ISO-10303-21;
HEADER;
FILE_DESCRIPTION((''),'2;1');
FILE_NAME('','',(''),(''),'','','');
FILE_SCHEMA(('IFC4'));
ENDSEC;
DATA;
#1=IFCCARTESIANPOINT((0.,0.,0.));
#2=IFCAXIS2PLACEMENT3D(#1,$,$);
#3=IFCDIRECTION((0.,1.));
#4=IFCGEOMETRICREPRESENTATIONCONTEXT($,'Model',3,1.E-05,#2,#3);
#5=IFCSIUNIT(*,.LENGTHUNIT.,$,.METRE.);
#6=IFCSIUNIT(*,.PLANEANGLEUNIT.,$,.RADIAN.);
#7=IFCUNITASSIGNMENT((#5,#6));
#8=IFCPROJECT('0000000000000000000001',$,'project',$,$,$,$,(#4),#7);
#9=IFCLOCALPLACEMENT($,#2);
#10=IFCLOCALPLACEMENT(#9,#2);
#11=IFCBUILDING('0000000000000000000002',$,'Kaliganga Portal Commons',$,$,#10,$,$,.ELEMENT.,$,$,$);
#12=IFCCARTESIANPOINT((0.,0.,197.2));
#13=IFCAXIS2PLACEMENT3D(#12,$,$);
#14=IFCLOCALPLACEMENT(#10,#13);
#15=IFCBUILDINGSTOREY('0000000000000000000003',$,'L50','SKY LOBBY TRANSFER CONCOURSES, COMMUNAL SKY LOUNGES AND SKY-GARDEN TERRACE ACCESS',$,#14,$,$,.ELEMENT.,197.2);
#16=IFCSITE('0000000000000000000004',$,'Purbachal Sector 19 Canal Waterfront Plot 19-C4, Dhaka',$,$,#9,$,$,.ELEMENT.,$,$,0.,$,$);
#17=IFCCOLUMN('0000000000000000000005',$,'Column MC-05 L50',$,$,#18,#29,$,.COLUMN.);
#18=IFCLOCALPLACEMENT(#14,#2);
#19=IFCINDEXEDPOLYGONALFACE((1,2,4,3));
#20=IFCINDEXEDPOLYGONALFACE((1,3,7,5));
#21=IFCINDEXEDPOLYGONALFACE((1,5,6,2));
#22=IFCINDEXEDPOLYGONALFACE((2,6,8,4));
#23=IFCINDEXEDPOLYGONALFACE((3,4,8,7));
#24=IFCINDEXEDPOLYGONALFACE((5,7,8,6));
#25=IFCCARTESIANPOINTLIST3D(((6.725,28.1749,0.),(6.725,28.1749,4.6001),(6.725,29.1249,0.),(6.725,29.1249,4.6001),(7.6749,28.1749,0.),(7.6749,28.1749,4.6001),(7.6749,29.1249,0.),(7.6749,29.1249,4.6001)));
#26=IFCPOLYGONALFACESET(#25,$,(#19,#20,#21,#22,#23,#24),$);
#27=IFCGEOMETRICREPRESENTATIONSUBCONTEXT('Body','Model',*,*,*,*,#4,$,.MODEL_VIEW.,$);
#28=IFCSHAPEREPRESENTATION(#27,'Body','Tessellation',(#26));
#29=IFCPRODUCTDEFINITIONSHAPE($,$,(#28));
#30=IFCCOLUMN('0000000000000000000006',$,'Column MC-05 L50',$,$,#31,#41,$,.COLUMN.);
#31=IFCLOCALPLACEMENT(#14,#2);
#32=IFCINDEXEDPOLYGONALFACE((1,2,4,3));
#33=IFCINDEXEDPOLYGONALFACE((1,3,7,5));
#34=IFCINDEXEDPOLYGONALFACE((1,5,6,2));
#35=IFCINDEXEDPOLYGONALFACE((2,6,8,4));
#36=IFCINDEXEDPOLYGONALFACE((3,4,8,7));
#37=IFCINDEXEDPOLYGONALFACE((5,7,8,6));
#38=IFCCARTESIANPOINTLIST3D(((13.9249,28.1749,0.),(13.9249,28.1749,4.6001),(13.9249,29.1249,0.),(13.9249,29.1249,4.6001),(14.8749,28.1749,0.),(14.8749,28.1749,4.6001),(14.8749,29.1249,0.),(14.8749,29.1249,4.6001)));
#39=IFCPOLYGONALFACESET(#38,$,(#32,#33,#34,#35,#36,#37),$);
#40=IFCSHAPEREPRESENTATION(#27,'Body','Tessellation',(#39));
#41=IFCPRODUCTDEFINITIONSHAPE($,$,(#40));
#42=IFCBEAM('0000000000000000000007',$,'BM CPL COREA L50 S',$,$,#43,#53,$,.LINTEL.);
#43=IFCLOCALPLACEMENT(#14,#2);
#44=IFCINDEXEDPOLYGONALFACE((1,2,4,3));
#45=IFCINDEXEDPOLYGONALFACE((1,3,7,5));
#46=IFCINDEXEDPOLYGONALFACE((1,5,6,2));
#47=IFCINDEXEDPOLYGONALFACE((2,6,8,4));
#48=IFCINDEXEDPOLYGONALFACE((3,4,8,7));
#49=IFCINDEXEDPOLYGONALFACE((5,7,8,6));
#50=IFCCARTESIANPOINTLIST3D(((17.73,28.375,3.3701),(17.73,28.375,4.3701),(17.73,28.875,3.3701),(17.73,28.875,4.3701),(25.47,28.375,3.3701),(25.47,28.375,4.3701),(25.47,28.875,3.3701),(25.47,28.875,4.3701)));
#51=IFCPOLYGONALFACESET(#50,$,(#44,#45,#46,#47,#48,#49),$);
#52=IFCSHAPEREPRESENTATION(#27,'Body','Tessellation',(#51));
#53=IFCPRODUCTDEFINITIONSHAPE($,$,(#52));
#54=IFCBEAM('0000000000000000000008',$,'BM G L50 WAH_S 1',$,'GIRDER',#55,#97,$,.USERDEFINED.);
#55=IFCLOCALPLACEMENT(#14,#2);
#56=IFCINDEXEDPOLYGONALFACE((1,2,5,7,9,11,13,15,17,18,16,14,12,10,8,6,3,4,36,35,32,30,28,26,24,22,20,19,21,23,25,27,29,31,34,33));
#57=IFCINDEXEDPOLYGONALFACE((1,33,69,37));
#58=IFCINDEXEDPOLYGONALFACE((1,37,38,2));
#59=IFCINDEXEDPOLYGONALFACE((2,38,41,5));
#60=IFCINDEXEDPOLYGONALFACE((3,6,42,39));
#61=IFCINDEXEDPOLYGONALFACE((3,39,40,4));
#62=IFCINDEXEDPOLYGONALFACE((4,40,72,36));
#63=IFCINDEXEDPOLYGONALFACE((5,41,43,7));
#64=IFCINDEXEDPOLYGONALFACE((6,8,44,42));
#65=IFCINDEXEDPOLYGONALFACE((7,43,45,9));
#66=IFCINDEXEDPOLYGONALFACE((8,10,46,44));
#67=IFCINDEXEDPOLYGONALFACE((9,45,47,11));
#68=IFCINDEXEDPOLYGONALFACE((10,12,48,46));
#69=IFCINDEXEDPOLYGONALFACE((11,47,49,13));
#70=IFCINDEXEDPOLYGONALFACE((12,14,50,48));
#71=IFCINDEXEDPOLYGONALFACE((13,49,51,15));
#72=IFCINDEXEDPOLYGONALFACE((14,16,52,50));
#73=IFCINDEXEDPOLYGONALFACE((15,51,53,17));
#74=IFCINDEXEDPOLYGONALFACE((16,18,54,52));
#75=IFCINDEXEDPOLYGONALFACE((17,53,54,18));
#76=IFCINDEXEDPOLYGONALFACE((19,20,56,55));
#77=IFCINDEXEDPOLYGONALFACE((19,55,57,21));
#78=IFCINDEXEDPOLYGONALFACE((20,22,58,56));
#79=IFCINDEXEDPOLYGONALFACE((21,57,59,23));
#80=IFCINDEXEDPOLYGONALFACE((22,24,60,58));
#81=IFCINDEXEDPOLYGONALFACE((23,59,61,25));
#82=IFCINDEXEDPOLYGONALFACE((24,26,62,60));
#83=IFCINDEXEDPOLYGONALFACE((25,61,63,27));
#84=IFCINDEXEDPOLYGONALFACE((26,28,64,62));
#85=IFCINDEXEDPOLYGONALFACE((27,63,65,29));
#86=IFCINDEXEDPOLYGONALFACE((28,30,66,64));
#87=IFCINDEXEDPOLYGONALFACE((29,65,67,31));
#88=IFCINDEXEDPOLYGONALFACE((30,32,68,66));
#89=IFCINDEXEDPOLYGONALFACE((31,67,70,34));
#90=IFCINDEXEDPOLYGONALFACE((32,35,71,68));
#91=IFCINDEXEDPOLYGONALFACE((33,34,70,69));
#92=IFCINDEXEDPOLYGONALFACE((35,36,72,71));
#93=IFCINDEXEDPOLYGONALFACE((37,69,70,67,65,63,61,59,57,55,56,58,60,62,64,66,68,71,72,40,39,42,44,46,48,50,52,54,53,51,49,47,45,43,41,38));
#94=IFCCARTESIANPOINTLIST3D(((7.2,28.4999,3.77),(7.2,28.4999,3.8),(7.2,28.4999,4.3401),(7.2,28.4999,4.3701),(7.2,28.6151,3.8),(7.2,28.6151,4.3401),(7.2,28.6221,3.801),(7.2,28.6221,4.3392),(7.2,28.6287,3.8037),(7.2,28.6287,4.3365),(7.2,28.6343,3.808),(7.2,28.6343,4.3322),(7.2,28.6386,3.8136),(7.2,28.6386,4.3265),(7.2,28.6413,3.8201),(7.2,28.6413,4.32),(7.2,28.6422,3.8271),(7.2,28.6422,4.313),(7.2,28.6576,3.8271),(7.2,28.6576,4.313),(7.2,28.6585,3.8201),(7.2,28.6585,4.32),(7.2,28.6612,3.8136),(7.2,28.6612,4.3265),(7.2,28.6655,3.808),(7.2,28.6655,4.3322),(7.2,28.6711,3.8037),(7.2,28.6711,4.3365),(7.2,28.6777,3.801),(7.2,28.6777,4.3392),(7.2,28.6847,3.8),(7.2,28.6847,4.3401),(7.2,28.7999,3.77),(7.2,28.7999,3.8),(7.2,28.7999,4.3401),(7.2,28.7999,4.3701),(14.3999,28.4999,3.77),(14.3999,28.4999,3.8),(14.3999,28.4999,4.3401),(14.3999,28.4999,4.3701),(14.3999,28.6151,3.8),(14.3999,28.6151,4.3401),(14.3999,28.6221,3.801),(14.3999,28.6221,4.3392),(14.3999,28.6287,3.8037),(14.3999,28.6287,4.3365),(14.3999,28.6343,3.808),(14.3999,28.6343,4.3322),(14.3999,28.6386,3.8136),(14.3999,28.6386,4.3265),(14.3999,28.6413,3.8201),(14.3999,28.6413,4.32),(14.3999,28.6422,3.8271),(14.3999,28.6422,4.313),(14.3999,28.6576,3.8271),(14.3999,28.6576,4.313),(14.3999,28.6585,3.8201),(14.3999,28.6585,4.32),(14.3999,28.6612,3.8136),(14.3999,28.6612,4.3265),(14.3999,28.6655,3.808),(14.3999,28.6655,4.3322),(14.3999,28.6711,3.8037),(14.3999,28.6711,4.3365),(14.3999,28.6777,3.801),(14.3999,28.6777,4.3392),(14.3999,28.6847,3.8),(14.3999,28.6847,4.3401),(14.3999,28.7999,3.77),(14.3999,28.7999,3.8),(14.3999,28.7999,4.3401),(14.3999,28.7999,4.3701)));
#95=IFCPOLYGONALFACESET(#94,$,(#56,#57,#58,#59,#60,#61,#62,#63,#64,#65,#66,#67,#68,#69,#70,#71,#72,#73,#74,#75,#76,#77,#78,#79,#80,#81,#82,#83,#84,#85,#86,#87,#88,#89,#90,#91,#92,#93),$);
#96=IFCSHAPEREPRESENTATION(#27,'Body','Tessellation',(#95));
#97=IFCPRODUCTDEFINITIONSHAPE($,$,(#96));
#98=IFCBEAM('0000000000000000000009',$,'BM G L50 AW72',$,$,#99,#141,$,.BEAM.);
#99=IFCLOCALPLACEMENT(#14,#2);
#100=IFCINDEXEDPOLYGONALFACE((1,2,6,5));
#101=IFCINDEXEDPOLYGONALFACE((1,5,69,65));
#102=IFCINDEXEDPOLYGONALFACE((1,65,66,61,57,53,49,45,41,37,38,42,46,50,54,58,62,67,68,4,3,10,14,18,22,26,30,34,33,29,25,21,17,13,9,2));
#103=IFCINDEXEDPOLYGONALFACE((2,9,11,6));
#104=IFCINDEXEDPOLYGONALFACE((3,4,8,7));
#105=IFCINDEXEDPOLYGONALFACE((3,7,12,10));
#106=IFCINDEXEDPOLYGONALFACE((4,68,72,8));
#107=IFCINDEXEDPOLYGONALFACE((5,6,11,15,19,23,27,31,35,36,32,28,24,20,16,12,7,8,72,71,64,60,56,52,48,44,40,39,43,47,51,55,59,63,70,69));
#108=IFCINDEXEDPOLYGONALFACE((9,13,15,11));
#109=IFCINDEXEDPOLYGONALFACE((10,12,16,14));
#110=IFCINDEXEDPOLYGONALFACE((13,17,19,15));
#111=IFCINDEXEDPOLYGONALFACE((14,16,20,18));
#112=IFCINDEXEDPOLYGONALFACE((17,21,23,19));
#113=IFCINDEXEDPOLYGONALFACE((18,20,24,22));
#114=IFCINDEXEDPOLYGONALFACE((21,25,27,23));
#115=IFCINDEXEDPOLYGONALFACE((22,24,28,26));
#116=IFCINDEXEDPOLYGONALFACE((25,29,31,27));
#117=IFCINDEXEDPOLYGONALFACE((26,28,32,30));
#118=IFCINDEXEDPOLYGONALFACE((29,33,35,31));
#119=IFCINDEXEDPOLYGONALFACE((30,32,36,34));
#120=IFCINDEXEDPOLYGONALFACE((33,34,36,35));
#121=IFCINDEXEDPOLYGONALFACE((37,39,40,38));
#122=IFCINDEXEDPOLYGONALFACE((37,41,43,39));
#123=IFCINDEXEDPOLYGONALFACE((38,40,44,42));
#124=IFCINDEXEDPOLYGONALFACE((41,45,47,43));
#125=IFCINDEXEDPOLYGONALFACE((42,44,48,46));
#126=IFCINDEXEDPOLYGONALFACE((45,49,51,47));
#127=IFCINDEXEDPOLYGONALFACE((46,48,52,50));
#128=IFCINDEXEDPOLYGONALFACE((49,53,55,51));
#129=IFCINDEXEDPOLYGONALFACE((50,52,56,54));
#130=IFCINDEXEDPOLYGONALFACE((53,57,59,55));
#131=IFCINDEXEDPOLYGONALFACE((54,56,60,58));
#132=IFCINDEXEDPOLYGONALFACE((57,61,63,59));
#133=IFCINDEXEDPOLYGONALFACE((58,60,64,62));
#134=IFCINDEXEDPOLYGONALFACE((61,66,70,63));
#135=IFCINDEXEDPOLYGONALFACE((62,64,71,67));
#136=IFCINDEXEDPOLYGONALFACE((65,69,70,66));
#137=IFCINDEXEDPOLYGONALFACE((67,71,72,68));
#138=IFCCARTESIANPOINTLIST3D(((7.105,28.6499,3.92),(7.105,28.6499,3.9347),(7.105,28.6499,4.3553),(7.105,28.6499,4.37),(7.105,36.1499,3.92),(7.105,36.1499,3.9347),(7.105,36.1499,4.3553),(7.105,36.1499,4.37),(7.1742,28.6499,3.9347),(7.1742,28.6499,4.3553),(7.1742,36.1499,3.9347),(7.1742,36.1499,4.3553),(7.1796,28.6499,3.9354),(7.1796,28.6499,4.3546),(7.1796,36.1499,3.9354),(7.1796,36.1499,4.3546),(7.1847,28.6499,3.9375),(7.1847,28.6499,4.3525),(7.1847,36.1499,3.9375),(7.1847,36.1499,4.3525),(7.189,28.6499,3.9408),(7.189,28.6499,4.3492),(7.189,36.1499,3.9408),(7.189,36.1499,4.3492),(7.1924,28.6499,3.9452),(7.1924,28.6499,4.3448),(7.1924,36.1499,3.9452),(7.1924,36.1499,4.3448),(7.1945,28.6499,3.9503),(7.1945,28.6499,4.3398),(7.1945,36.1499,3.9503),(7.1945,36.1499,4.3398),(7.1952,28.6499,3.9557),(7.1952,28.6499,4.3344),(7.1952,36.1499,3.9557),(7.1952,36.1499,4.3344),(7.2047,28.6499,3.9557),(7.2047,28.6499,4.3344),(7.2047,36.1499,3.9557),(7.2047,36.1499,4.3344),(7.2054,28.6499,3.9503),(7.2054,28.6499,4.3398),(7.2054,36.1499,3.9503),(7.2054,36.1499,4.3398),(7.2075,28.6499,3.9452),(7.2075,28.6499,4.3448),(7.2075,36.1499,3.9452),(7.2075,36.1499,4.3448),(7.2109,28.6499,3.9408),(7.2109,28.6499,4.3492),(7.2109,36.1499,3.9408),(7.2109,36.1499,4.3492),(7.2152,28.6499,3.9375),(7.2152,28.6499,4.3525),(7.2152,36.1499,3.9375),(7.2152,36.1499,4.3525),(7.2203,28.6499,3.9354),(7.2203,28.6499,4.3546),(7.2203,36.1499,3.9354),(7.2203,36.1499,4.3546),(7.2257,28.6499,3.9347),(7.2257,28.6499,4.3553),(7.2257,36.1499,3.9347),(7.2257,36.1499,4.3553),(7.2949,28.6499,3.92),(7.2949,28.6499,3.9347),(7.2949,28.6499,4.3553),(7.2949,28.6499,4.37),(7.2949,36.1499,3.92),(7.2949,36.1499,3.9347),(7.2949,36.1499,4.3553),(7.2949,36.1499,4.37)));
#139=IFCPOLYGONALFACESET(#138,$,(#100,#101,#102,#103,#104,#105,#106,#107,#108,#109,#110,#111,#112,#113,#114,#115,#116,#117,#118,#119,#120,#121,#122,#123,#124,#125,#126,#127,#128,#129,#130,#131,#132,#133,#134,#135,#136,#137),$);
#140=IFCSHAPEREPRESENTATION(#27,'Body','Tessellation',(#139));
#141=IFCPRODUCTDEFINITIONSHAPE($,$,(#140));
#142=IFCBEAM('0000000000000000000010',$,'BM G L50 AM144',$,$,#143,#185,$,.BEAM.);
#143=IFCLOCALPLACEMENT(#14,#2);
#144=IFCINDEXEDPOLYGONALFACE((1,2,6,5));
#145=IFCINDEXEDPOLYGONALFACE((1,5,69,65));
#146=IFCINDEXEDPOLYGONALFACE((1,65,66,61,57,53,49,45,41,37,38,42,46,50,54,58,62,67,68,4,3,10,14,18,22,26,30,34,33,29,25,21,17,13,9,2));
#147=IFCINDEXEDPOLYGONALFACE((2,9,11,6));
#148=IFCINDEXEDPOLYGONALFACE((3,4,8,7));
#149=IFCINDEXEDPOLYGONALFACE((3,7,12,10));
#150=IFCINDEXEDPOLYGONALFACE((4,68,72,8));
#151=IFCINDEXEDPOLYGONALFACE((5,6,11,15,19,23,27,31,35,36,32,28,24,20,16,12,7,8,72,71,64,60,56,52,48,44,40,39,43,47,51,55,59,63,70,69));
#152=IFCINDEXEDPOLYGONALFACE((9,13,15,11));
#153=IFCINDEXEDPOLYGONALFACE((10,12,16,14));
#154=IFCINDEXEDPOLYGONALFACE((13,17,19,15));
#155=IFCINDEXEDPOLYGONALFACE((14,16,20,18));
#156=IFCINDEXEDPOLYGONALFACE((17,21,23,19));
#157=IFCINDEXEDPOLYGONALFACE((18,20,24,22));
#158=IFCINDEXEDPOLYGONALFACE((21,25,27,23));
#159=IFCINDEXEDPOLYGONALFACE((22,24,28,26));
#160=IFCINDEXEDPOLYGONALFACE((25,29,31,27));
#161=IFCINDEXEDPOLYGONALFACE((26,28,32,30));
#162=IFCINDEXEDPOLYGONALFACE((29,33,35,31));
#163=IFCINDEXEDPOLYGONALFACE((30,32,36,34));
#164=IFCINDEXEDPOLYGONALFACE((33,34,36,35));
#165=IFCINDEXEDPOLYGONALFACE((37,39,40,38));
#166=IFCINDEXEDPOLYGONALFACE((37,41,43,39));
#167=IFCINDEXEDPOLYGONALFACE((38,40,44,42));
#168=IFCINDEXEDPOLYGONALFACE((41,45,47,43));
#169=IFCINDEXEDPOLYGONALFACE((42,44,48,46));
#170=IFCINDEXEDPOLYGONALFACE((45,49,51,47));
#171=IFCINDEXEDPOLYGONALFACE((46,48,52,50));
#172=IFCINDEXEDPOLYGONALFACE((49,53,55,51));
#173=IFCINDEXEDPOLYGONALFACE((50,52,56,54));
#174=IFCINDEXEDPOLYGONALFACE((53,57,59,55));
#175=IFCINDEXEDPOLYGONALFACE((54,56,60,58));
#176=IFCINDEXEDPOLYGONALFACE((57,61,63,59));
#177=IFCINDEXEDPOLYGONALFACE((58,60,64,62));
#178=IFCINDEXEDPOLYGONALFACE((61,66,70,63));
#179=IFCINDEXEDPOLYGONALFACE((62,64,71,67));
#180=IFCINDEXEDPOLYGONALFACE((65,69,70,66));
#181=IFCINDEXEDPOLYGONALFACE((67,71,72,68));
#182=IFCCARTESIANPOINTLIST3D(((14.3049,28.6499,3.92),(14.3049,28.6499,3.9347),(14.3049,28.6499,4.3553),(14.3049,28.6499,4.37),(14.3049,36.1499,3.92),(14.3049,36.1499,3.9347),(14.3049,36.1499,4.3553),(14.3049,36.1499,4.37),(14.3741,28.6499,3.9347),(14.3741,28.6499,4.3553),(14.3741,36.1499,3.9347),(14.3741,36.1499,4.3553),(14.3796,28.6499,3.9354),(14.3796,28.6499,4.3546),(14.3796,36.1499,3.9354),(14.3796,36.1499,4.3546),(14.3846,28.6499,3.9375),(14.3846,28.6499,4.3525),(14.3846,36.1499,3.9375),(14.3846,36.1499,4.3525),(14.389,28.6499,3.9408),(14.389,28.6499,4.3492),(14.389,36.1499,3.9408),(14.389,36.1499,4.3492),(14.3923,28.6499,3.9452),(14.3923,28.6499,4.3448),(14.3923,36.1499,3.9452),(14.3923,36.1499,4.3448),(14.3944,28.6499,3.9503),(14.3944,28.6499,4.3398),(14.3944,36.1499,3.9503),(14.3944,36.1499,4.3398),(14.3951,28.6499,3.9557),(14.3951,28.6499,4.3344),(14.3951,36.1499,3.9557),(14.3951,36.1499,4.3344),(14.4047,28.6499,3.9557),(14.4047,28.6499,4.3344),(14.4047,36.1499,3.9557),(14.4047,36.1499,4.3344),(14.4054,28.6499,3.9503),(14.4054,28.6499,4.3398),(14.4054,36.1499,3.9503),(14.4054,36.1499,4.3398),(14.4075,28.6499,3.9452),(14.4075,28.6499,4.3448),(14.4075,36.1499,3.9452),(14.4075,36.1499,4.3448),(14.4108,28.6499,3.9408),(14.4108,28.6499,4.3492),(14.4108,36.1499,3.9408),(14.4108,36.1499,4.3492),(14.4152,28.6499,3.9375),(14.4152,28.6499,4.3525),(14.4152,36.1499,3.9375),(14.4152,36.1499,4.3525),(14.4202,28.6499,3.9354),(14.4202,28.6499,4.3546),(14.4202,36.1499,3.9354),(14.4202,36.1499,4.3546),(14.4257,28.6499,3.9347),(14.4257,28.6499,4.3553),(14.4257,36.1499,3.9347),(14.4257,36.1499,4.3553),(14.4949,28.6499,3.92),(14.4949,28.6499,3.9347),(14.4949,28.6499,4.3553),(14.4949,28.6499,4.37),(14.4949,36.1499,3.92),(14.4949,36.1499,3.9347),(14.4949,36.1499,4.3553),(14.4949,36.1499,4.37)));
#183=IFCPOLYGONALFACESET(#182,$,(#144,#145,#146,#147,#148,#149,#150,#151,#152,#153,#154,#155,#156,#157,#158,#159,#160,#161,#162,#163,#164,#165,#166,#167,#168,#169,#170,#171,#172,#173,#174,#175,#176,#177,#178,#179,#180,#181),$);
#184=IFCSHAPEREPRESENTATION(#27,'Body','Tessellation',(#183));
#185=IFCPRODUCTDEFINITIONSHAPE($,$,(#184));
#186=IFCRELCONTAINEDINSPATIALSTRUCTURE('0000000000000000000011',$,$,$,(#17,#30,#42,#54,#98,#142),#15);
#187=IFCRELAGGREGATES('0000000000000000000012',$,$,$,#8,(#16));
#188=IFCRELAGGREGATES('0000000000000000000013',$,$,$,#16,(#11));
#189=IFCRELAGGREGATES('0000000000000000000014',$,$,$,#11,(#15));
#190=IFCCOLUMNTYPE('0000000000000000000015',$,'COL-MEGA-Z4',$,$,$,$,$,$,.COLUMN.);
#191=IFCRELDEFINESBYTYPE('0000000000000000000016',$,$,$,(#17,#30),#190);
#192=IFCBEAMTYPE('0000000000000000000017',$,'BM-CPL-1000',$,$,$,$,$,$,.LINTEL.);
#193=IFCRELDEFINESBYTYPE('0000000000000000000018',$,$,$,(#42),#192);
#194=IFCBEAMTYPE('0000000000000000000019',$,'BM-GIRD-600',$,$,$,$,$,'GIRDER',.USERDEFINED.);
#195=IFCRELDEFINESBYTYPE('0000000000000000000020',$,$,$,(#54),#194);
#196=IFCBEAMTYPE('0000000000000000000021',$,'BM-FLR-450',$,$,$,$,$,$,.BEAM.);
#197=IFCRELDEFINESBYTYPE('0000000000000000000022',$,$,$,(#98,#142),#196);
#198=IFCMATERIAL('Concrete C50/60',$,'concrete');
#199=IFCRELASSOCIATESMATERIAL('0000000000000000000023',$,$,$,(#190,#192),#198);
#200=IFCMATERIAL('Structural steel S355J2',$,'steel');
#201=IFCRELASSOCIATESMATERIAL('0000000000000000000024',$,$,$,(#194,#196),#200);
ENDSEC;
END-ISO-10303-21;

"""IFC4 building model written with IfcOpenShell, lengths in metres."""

from ifc_helpers import new_model, si_unit, direction, frame, origin, origin_2d, place, context, subcontext, project, spatial, rectangle, i_section, extrude, source, transform, mapped, material, material_profile, profile_set, type_object, element, save


model = new_model("IFC4")

# Units and contexts
model_context = context("Model", 3, precision=1e-05, world=origin(), true_north=direction((0.0, 1.0)))
body_context = subcontext(model_context, "Body", "Model", "MODEL_VIEW")
ifc_project = project(units=[si_unit("LENGTHUNIT", "METRE"), si_unit("PLANEANGLEUNIT", "RADIAN")], contexts=[model_context])

# Site, building, storey
site_placement = place(None, origin())
site = spatial("IfcSite", under=ifc_project, at=site_placement, Name="Purbachal Sector 19 Canal Waterfront Plot 19-C4, Dhaka", CompositionType="ELEMENT", RefElevation=0.0)
building_placement = place(site_placement, origin())
building = spatial("IfcBuilding", under=site, at=building_placement, Name="Kaliganga Portal Commons", CompositionType="ELEMENT")
storey_placement = place(building_placement, frame((0.0, 0.0, 197.2)))
storey = spatial("IfcBuildingStorey", under=building, at=storey_placement, Name="L50", Description="SKY LOBBY TRANSFER CONCOURSES, COMMUNAL SKY LOUNGES AND SKY-GARDEN TERRACE ACCESS", CompositionType="ELEMENT", Elevation=197.2)

# Columns
ifc_material_1 = material(Name="Concrete C50/60", Category="concrete")
ifc_material_profile_1 = material_profile(ifc_material_1, rectangle(XDim=0.95, YDim=0.95, at=origin_2d()), Name="RC 950x950")
ifc_profile_set_1 = profile_set([ifc_material_profile_1], Name="Concrete C50/60")
column_type = type_object("IfcColumnType", Name="COL-MEGA-Z4", PredefinedType="COLUMN", material=ifc_profile_set_1)
shared_shape_1 = source(origin(), body_context, "Body", "SweptSolid", [
    extrude(rectangle(XDim=0.95, YDim=0.95, at=origin_2d()), origin(), (0.0, 0.0, 1.0), 4.6001),
])
for number, where, z_axis, x_axis, name in (
    (1, (7.2, 28.6499, 0.0), (0.0, 0.0, 1.0), (1.0, 0.0, 0.0), "Column MC-05 L50"),
    (2, (14.3999, 28.6499, 0.0), (0.0, 0.0, 1.0), (1.0, 0.0, 0.0), "Column MC-05 L50"),
):
    element("IfcColumn", number, at=place(storey_placement, frame(where, z_axis=z_axis, x_axis=x_axis)), inside=storey, type_object=column_type, Name=name, PredefinedType="COLUMN", context=body_context, shape_type="MappedRepresentation", body=[
        mapped(shared_shape_1, transform((0.0, 0.0, 0.0), x_axis=(1.0, 0.0, 0.0), y_axis=(0.0, 1.0, 0.0), z_axis=(0.0, 0.0, 1.0), scale=1.0)),
    ])

# Beams
ifc_material_profile_2 = material_profile(ifc_material_1, rectangle(XDim=0.5, YDim=1.0, at=origin_2d()), Name="RC 500x1000")
ifc_profile_set_2 = profile_set([ifc_material_profile_2], Name="Concrete C50/60")
beam_type_1 = type_object("IfcBeamType", Name="BM-CPL-1000", PredefinedType="LINTEL", material=ifc_profile_set_2)
shared_shape_2 = source(origin(), body_context, "Body", "SweptSolid", [
    extrude(rectangle(XDim=0.5, YDim=1.0, at=origin_2d()), origin(), (0.0, 0.0, 1.0), 7.74),
])
beam_1_placement = place(storey_placement, frame((17.73, 28.625, 3.8701), z_axis=(1.0, 0.0, 0.0), x_axis=(0.0, 1.0, 0.0)))
element("IfcBeam", 3, at=beam_1_placement, inside=storey, type_object=beam_type_1, Name="BM CPL COREA L50 S", PredefinedType="LINTEL", context=body_context, shape_type="MappedRepresentation", body=[
    mapped(shared_shape_2, transform((0.0, 0.0, 0.0), x_axis=(1.0, 0.0, 0.0), y_axis=(0.0, 1.0, 0.0), z_axis=(0.0, 0.0, 1.0), scale=1.0)),
])
ifc_material_2 = material(Name="Structural steel S355J2", Category="steel")
ifc_material_profile_3 = material_profile(ifc_material_2, i_section(OverallWidth=0.3, OverallDepth=0.6001, WebThickness=0.0154, FlangeThickness=0.03, FilletRadius=0.0271, at=origin_2d()), Name="HE 600 B")
ifc_profile_set_3 = profile_set([ifc_material_profile_3], Name="Structural steel S355J2 wide-flange")
beam_type_2 = type_object("IfcBeamType", Name="BM-GIRD-600", ElementType="GIRDER", PredefinedType="USERDEFINED", material=ifc_profile_set_3)
shared_shape_3 = source(origin(), body_context, "Body", "SweptSolid", [
    extrude(i_section(OverallWidth=0.3, OverallDepth=0.6001, WebThickness=0.0154, FlangeThickness=0.03, FilletRadius=0.0271, at=origin_2d()), origin(), (0.0, 0.0, 1.0), 7.2),
])
beam_2_placement = place(storey_placement, frame((7.2, 28.6499, 4.0701), z_axis=(1.0, 0.0, 0.0), x_axis=(0.0, 1.0, 0.0)))
element("IfcBeam", 4, at=beam_2_placement, inside=storey, type_object=beam_type_2, Name="BM G L50 WAH_S 1", ObjectType="GIRDER", PredefinedType="USERDEFINED", context=body_context, shape_type="MappedRepresentation", body=[
    mapped(shared_shape_3, transform((0.0, 0.0, 0.0), x_axis=(1.0, 0.0, 0.0), y_axis=(0.0, 1.0, 0.0), z_axis=(0.0, 0.0, 1.0), scale=1.0)),
])
ifc_material_profile_4 = material_profile(ifc_material_2, i_section(OverallWidth=0.1899, OverallDepth=0.45, WebThickness=0.0095, FlangeThickness=0.0146, FilletRadius=0.021, at=origin_2d()), Name="IPE 450")
ifc_profile_set_4 = profile_set([ifc_material_profile_4], Name="Structural steel S355J2 wide-flange")
beam_type_3 = type_object("IfcBeamType", Name="BM-FLR-450", PredefinedType="BEAM", material=ifc_profile_set_4)
shared_shape_4 = source(origin(), body_context, "Body", "SweptSolid", [
    extrude(i_section(OverallWidth=0.1899, OverallDepth=0.45, WebThickness=0.0095, FlangeThickness=0.0146, FilletRadius=0.021, at=origin_2d()), origin(), (0.0, 0.0, 1.0), 7.5),
])
for number, where, z_axis, x_axis, name in (
    (5, (7.2, 28.6499, 4.145), (0.0, 1.0, 0.0), (-1.0, 0.0, 0.0), "BM G L50 AW72"),
    (6, (14.3999, 28.6499, 4.145), (0.0, 1.0, 0.0), (-1.0, 0.0, 0.0), "BM G L50 AM144"),
):
    element("IfcBeam", number, at=place(storey_placement, frame(where, z_axis=z_axis, x_axis=x_axis)), inside=storey, type_object=beam_type_3, Name=name, PredefinedType="BEAM", context=body_context, shape_type="MappedRepresentation", body=[
        mapped(shared_shape_4, transform((0.0, 0.0, 0.0), x_axis=(1.0, 0.0, 0.0), y_axis=(0.0, 1.0, 0.0), z_axis=(0.0, 0.0, 1.0), scale=1.0)),
    ])

save(model, "model.ifc")
